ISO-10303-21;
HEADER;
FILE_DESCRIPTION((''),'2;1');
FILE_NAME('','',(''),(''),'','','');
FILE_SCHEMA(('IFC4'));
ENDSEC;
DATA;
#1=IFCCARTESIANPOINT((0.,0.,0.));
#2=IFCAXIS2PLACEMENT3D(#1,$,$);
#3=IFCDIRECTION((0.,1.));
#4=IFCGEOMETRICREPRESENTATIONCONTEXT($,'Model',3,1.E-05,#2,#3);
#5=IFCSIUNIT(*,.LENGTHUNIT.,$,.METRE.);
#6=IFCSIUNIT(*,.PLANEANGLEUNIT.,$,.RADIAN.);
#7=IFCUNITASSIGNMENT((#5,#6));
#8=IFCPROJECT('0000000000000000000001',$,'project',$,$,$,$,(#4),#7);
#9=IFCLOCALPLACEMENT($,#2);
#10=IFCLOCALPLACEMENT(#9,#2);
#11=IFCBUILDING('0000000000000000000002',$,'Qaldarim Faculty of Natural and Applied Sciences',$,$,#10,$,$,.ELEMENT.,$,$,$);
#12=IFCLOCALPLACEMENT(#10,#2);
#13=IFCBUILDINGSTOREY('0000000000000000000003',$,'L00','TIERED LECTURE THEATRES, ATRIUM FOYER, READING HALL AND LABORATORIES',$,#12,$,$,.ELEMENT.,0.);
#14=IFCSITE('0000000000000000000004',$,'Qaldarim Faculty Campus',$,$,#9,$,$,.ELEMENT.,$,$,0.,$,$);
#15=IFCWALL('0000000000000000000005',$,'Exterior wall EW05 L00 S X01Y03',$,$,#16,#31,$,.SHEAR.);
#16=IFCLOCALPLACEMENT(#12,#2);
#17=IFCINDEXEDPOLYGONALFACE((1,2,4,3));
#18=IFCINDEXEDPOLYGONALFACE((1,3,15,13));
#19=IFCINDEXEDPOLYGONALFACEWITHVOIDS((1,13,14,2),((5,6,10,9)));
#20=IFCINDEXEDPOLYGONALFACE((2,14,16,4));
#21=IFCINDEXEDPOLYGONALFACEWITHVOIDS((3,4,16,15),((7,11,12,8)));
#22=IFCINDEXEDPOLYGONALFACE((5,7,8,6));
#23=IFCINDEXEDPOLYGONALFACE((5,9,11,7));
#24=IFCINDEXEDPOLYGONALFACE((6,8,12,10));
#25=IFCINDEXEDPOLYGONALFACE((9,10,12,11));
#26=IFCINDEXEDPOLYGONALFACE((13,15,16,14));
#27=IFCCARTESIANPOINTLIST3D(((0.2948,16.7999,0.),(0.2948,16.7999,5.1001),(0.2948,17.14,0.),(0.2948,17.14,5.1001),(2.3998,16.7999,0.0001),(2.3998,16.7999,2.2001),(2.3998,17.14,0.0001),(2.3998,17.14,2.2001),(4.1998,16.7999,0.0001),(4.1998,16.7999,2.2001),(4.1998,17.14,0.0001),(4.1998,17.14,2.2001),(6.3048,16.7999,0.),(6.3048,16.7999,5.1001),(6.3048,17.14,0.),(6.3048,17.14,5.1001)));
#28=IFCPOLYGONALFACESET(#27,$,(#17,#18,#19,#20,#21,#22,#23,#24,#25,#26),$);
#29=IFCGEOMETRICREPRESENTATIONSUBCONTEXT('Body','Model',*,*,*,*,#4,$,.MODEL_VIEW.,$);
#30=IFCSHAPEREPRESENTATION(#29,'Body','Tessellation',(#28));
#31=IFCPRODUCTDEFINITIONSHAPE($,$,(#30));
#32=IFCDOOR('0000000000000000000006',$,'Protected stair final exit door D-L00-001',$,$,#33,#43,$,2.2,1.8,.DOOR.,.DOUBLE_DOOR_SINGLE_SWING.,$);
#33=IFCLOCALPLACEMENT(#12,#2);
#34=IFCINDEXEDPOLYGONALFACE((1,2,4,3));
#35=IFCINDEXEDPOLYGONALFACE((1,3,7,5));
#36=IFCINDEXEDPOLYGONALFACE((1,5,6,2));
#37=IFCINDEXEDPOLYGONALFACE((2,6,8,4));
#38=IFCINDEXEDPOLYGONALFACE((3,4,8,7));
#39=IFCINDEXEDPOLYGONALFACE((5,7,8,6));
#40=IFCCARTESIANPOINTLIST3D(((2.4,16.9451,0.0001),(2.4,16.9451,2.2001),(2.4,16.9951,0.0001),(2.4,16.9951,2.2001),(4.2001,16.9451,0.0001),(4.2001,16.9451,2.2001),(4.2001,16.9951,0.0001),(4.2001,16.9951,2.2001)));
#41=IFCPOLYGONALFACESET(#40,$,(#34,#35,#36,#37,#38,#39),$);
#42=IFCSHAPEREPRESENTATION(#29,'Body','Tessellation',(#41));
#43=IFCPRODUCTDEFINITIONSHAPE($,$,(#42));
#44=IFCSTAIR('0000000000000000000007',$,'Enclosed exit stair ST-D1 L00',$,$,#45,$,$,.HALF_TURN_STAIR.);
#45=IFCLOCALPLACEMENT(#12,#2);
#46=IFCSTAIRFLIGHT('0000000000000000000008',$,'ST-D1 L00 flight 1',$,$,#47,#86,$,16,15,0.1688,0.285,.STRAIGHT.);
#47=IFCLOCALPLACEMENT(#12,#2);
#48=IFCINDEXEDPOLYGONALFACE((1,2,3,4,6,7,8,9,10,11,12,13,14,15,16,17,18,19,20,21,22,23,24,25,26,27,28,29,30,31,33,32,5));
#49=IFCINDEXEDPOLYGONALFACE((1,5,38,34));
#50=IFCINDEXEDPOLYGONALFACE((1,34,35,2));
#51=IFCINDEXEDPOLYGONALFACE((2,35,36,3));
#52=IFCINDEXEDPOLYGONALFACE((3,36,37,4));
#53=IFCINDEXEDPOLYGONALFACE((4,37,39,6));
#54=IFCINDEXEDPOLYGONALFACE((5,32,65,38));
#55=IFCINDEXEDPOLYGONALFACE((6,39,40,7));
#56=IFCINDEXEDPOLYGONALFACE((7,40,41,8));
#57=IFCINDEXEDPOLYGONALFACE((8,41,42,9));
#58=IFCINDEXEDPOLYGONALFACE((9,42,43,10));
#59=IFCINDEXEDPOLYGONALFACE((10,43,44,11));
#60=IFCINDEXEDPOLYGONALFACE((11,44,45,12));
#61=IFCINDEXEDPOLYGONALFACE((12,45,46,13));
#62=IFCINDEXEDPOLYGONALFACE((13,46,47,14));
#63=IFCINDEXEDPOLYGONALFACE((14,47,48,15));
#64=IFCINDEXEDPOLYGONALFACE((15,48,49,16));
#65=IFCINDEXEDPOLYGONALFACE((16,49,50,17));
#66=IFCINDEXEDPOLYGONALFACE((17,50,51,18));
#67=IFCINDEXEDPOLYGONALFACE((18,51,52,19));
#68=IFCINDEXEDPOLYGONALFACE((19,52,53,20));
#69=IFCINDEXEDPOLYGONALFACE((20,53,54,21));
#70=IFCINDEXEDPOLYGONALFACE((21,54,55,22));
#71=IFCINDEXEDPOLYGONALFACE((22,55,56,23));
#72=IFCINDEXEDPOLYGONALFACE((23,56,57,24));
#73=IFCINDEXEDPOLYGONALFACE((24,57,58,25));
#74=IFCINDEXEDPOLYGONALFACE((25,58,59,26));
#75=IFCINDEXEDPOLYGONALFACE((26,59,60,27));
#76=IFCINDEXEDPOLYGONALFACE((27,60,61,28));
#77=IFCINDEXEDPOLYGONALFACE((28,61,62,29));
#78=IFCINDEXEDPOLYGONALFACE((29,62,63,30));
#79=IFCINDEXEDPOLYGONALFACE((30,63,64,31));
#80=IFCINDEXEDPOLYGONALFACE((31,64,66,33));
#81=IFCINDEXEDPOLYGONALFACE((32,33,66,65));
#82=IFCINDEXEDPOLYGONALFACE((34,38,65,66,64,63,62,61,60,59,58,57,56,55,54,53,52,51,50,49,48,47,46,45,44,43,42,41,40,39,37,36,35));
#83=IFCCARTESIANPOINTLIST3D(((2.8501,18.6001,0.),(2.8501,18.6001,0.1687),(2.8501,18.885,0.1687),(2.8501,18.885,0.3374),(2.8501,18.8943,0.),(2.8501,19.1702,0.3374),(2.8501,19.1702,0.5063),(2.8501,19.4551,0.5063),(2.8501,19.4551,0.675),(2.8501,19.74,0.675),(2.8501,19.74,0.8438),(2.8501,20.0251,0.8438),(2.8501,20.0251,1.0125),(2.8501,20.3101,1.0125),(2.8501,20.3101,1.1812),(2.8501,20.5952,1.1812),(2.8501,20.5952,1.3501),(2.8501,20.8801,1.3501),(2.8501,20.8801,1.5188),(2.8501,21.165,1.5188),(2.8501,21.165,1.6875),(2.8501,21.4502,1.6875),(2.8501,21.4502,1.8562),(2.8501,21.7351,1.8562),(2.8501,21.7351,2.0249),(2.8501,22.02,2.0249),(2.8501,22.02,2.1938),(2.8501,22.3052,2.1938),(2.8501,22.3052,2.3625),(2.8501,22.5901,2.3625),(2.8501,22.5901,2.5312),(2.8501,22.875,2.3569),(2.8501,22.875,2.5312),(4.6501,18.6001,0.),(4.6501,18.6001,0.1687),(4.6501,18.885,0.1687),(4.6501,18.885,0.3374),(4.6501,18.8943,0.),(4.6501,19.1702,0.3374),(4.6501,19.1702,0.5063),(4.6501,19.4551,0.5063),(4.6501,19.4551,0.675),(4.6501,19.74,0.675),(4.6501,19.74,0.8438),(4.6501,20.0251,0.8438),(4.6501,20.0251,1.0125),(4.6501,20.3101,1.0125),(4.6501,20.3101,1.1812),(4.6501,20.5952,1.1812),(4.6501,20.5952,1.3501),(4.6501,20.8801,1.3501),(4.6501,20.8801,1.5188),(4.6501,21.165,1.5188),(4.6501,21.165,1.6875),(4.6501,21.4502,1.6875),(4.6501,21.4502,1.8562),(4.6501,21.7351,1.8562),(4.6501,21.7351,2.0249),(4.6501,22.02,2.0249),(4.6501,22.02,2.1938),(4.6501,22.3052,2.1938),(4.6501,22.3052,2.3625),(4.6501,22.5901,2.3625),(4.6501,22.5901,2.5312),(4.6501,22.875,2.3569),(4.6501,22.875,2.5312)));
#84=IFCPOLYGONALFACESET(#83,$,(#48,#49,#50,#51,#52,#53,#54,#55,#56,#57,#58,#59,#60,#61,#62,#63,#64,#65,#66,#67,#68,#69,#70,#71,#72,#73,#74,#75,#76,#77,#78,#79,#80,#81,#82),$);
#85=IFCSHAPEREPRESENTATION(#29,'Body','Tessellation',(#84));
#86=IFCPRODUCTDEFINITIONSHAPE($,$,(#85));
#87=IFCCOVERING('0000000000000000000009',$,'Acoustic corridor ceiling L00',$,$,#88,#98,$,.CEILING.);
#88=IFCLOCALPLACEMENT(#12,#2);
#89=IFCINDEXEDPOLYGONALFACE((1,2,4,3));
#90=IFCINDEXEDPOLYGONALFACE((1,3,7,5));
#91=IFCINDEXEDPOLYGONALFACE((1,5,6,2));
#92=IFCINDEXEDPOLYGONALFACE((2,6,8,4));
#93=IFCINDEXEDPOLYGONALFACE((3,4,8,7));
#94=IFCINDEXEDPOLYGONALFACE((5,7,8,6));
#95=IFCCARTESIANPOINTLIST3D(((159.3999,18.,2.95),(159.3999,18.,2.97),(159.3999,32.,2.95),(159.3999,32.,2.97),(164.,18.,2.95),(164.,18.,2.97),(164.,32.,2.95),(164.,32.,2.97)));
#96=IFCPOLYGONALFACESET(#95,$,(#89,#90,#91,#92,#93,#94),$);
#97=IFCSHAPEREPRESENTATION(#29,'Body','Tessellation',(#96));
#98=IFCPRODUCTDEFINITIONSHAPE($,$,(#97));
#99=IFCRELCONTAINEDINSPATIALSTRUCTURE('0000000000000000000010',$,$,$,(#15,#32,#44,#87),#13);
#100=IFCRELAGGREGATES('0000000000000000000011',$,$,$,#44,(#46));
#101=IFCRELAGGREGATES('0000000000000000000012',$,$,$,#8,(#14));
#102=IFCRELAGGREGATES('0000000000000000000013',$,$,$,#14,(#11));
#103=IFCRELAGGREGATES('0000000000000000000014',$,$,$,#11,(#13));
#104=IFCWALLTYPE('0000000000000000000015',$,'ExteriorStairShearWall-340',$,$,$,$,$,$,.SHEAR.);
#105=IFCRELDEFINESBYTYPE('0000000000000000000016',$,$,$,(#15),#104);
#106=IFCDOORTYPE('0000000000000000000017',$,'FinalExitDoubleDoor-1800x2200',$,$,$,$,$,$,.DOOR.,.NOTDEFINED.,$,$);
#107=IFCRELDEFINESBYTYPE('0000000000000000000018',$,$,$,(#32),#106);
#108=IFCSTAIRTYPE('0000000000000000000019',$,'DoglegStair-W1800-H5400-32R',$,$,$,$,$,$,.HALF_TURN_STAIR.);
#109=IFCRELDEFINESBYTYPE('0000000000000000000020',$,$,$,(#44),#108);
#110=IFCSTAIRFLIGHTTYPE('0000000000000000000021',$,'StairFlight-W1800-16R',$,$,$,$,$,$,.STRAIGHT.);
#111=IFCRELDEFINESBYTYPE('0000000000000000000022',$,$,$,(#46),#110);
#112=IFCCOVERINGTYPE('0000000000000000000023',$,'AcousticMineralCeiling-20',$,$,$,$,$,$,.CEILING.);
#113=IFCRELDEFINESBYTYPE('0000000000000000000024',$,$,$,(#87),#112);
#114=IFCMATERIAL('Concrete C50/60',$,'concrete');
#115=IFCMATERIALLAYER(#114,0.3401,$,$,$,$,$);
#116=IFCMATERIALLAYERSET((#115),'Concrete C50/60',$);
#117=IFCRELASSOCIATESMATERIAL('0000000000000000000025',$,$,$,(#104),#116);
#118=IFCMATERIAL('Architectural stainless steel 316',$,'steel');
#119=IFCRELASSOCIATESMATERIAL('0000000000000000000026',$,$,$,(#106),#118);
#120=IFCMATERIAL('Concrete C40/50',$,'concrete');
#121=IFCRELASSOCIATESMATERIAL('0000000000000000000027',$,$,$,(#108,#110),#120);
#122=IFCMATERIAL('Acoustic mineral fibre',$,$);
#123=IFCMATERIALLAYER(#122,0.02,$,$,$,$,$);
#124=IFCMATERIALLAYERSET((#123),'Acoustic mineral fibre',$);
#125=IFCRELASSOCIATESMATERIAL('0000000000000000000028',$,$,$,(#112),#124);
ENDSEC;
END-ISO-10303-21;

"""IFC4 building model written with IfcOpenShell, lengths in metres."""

from ifc_helpers import new_model, si_unit, direction, frame, frame_2d, origin, place, context, subcontext, project, spatial, polyline, rectangle, outline, extrude, material, layer, layer_set, type_object, element, fill, aggregate, save


model = new_model("IFC4")

# Units and contexts
model_context = context("Model", 3, precision=1e-05, world=origin(), true_north=direction((0.0, 1.0)))
body_context = subcontext(model_context, "Body", "Model", "MODEL_VIEW")
ifc_project = project(units=[si_unit("LENGTHUNIT", "METRE"), si_unit("PLANEANGLEUNIT", "RADIAN")], contexts=[model_context])

# Site, building, storey
site_placement = place(None, origin())
site = spatial("IfcSite", under=ifc_project, at=site_placement, Name="Qaldarim Faculty Campus", CompositionType="ELEMENT", RefElevation=0.0)
building_placement = place(site_placement, origin())
building = spatial("IfcBuilding", under=site, at=building_placement, Name="Qaldarim Faculty of Natural and Applied Sciences", CompositionType="ELEMENT")
storey_placement = place(building_placement, origin())
storey = spatial("IfcBuildingStorey", under=building, at=storey_placement, Name="L00", Description="TIERED LECTURE THEATRES, ATRIUM FOYER, READING HALL AND LABORATORIES", CompositionType="ELEMENT", Elevation=0.0)

# Shared definitions
ifc_material_1 = material(Name="Concrete C50/60", Category="concrete")

# Shared definitions
ifc_material_2 = material(Name="Concrete C40/50", Category="concrete")

# Shared definitions
ifc_material_3 = material(Name="Architectural stainless steel 316", Category="steel")

# Wall, opening, door
ifc_layer_1 = layer(ifc_material_1, 0.3401)
ifc_layer_set_1 = layer_set([ifc_layer_1], Name="Concrete C50/60")
wall_type_1 = type_object("IfcWallType", Name="ExteriorStairShearWall-340", PredefinedType="SHEAR", material=ifc_layer_set_1)
wall_1_placement = place(storey_placement, frame((0.2949, 16.97, 0.0), z_axis=(0.0, 0.0, 1.0), x_axis=(1.0, 0.0, 0.0)))
wall_1 = element("IfcWall", 1, at=wall_1_placement, inside=storey, type_object=wall_type_1, Name="Exterior wall EW05 L00 S X01Y03", PredefinedType="SHEAR", context=body_context, shape_type="SweptSolid", body=[
    extrude(rectangle(XDim=6.01, YDim=0.3401, at=frame_2d((3.0049, 0.0))), origin(), (0.0, 0.0, 1.0), 5.1001),
])
opening_1_placement = place(wall_1_placement, frame((2.105, 0.0, 0.0)))
opening_1 = element("IfcOpeningElement", 2, at=opening_1_placement, cuts=wall_1, PredefinedType="OPENING", context=body_context, shape_type="SweptSolid", body=[
    extrude(rectangle(XDim=1.8, YDim=2.2, at=frame_2d((0.8999, 1.1001))), frame((0.0, 0.1799, 0.0), z_axis=(0.0, -1.0, 0.0), x_axis=(1.0, 0.0, 0.0)), (0.0, 0.0, 1.0), 0.3601),
])
door_type_1 = type_object("IfcDoorType", Name="FinalExitDoubleDoor-1800x2200", OperationType="NOTDEFINED", PredefinedType="DOOR", material=ifc_material_3)
door_1_placement = place(opening_1_placement, frame((1.8, 0.0, 0.0), z_axis=(0.0, 0.0, 1.0), x_axis=(-1.0, 0.0, 0.0)))
door_1 = element("IfcDoor", 3, at=door_1_placement, inside=storey, type_object=door_type_1, Name="Protected stair final exit door D-L00-001", OperationType="DOUBLE_DOOR_SINGLE_SWING", OverallHeight=2.2, OverallWidth=1.8, PredefinedType="DOOR", context=body_context, shape_type="SweptSolid", body=[
    extrude(rectangle(XDim=1.8, YDim=2.2, at=frame_2d((0.8999, 1.1001))), frame((0.0, 0.0249, 0.0), z_axis=(0.0, -1.0, 0.0), x_axis=(1.0, 0.0, 0.0)), (0.0, 0.0, 1.0), 0.05),
])
fill(opening_1, door_1)

# Stair, stair flight
stair_type = type_object("IfcStairType", Name="DoglegStair-W1800-H5400-32R", PredefinedType="HALF_TURN_STAIR", material=ifc_material_2)
stair_placement = place(storey_placement, origin())
stair = element("IfcStair", 4, at=stair_placement, inside=storey, type_object=stair_type, Name="Enclosed exit stair ST-D1 L00", PredefinedType="HALF_TURN_STAIR")
stair_flight_type = type_object("IfcStairFlightType", Name="StairFlight-W1800-16R", PredefinedType="STRAIGHT", material=ifc_material_2)
stair_flight_placement = place(storey_placement, frame((3.75, 18.6001, 0.0), z_axis=(0.0, 0.0, 1.0), x_axis=(0.0, 1.0, 0.0)))
stair_flight = element("IfcStairFlight", 5, at=stair_flight_placement, type_object=stair_flight_type, Name="ST-D1 L00 flight 1", NumberOfRisers=16, NumberOfTreads=15, PredefinedType="STRAIGHT", RiserHeight=0.1688, TreadLength=0.285, context=body_context, shape_type="SweptSolid", body=[
    extrude(outline(polyline([(0.0, 0.0), (0.0, 0.1687), (0.2849, 0.1687), (0.2849, 0.3374), (0.5701, 0.3374), (0.5701, 0.5063), (0.855, 0.5063), (0.855, 0.675), (1.1399, 0.675), (1.1399, 0.8438), (1.425, 0.8438), (1.425, 1.0125), (1.71, 1.0125), (1.71, 1.1812), (1.9951, 1.1812), (1.9951, 1.3501), (2.28, 1.3501), (2.28, 1.5188), (2.5649, 1.5188), (2.5649, 1.6875), (2.8501, 1.6875), (2.8501, 1.8562), (3.135, 1.8562), (3.135, 2.0249), (3.4199, 2.0249), (3.4199, 2.1938), (3.7051, 2.1938), (3.7051, 2.3625), (3.99, 2.3625), (3.99, 2.5312), (4.2749, 2.5312), (4.2749, 2.7), (4.2749, 2.3569), (0.2942, 0.0), (0.0, 0.0)])), frame((0.0, 0.8999, 0.0), z_axis=(0.0, -1.0, 0.0), x_axis=(1.0, 0.0, 0.0)), (0.0, 0.0, 1.0), 1.8),
])
aggregate(stair, [stair_flight])

# Covering
ifc_material_4 = material(Name="Acoustic mineral fibre")
ifc_layer_2 = layer(ifc_material_4, 0.02)
ifc_layer_set_2 = layer_set([ifc_layer_2], Name="Acoustic mineral fibre")
covering_type = type_object("IfcCoveringType", Name="AcousticMineralCeiling-20", PredefinedType="CEILING", material=ifc_layer_set_2)
covering_placement = place(storey_placement, frame((0.0, 0.0, 2.95)))
element("IfcCovering", 6, at=covering_placement, inside=storey, type_object=covering_type, Name="Acoustic corridor ceiling L00", PredefinedType="CEILING", context=body_context, shape_type="SweptSolid", body=[
    extrude(outline(polyline([(159.3999, 18.0), (164.0, 18.0), (164.0, 32.0), (159.3999, 32.0), (159.3999, 18.0)])), origin(), (0.0, 0.0, 1.0), 0.02),
])

save(model, "model.ifc")
